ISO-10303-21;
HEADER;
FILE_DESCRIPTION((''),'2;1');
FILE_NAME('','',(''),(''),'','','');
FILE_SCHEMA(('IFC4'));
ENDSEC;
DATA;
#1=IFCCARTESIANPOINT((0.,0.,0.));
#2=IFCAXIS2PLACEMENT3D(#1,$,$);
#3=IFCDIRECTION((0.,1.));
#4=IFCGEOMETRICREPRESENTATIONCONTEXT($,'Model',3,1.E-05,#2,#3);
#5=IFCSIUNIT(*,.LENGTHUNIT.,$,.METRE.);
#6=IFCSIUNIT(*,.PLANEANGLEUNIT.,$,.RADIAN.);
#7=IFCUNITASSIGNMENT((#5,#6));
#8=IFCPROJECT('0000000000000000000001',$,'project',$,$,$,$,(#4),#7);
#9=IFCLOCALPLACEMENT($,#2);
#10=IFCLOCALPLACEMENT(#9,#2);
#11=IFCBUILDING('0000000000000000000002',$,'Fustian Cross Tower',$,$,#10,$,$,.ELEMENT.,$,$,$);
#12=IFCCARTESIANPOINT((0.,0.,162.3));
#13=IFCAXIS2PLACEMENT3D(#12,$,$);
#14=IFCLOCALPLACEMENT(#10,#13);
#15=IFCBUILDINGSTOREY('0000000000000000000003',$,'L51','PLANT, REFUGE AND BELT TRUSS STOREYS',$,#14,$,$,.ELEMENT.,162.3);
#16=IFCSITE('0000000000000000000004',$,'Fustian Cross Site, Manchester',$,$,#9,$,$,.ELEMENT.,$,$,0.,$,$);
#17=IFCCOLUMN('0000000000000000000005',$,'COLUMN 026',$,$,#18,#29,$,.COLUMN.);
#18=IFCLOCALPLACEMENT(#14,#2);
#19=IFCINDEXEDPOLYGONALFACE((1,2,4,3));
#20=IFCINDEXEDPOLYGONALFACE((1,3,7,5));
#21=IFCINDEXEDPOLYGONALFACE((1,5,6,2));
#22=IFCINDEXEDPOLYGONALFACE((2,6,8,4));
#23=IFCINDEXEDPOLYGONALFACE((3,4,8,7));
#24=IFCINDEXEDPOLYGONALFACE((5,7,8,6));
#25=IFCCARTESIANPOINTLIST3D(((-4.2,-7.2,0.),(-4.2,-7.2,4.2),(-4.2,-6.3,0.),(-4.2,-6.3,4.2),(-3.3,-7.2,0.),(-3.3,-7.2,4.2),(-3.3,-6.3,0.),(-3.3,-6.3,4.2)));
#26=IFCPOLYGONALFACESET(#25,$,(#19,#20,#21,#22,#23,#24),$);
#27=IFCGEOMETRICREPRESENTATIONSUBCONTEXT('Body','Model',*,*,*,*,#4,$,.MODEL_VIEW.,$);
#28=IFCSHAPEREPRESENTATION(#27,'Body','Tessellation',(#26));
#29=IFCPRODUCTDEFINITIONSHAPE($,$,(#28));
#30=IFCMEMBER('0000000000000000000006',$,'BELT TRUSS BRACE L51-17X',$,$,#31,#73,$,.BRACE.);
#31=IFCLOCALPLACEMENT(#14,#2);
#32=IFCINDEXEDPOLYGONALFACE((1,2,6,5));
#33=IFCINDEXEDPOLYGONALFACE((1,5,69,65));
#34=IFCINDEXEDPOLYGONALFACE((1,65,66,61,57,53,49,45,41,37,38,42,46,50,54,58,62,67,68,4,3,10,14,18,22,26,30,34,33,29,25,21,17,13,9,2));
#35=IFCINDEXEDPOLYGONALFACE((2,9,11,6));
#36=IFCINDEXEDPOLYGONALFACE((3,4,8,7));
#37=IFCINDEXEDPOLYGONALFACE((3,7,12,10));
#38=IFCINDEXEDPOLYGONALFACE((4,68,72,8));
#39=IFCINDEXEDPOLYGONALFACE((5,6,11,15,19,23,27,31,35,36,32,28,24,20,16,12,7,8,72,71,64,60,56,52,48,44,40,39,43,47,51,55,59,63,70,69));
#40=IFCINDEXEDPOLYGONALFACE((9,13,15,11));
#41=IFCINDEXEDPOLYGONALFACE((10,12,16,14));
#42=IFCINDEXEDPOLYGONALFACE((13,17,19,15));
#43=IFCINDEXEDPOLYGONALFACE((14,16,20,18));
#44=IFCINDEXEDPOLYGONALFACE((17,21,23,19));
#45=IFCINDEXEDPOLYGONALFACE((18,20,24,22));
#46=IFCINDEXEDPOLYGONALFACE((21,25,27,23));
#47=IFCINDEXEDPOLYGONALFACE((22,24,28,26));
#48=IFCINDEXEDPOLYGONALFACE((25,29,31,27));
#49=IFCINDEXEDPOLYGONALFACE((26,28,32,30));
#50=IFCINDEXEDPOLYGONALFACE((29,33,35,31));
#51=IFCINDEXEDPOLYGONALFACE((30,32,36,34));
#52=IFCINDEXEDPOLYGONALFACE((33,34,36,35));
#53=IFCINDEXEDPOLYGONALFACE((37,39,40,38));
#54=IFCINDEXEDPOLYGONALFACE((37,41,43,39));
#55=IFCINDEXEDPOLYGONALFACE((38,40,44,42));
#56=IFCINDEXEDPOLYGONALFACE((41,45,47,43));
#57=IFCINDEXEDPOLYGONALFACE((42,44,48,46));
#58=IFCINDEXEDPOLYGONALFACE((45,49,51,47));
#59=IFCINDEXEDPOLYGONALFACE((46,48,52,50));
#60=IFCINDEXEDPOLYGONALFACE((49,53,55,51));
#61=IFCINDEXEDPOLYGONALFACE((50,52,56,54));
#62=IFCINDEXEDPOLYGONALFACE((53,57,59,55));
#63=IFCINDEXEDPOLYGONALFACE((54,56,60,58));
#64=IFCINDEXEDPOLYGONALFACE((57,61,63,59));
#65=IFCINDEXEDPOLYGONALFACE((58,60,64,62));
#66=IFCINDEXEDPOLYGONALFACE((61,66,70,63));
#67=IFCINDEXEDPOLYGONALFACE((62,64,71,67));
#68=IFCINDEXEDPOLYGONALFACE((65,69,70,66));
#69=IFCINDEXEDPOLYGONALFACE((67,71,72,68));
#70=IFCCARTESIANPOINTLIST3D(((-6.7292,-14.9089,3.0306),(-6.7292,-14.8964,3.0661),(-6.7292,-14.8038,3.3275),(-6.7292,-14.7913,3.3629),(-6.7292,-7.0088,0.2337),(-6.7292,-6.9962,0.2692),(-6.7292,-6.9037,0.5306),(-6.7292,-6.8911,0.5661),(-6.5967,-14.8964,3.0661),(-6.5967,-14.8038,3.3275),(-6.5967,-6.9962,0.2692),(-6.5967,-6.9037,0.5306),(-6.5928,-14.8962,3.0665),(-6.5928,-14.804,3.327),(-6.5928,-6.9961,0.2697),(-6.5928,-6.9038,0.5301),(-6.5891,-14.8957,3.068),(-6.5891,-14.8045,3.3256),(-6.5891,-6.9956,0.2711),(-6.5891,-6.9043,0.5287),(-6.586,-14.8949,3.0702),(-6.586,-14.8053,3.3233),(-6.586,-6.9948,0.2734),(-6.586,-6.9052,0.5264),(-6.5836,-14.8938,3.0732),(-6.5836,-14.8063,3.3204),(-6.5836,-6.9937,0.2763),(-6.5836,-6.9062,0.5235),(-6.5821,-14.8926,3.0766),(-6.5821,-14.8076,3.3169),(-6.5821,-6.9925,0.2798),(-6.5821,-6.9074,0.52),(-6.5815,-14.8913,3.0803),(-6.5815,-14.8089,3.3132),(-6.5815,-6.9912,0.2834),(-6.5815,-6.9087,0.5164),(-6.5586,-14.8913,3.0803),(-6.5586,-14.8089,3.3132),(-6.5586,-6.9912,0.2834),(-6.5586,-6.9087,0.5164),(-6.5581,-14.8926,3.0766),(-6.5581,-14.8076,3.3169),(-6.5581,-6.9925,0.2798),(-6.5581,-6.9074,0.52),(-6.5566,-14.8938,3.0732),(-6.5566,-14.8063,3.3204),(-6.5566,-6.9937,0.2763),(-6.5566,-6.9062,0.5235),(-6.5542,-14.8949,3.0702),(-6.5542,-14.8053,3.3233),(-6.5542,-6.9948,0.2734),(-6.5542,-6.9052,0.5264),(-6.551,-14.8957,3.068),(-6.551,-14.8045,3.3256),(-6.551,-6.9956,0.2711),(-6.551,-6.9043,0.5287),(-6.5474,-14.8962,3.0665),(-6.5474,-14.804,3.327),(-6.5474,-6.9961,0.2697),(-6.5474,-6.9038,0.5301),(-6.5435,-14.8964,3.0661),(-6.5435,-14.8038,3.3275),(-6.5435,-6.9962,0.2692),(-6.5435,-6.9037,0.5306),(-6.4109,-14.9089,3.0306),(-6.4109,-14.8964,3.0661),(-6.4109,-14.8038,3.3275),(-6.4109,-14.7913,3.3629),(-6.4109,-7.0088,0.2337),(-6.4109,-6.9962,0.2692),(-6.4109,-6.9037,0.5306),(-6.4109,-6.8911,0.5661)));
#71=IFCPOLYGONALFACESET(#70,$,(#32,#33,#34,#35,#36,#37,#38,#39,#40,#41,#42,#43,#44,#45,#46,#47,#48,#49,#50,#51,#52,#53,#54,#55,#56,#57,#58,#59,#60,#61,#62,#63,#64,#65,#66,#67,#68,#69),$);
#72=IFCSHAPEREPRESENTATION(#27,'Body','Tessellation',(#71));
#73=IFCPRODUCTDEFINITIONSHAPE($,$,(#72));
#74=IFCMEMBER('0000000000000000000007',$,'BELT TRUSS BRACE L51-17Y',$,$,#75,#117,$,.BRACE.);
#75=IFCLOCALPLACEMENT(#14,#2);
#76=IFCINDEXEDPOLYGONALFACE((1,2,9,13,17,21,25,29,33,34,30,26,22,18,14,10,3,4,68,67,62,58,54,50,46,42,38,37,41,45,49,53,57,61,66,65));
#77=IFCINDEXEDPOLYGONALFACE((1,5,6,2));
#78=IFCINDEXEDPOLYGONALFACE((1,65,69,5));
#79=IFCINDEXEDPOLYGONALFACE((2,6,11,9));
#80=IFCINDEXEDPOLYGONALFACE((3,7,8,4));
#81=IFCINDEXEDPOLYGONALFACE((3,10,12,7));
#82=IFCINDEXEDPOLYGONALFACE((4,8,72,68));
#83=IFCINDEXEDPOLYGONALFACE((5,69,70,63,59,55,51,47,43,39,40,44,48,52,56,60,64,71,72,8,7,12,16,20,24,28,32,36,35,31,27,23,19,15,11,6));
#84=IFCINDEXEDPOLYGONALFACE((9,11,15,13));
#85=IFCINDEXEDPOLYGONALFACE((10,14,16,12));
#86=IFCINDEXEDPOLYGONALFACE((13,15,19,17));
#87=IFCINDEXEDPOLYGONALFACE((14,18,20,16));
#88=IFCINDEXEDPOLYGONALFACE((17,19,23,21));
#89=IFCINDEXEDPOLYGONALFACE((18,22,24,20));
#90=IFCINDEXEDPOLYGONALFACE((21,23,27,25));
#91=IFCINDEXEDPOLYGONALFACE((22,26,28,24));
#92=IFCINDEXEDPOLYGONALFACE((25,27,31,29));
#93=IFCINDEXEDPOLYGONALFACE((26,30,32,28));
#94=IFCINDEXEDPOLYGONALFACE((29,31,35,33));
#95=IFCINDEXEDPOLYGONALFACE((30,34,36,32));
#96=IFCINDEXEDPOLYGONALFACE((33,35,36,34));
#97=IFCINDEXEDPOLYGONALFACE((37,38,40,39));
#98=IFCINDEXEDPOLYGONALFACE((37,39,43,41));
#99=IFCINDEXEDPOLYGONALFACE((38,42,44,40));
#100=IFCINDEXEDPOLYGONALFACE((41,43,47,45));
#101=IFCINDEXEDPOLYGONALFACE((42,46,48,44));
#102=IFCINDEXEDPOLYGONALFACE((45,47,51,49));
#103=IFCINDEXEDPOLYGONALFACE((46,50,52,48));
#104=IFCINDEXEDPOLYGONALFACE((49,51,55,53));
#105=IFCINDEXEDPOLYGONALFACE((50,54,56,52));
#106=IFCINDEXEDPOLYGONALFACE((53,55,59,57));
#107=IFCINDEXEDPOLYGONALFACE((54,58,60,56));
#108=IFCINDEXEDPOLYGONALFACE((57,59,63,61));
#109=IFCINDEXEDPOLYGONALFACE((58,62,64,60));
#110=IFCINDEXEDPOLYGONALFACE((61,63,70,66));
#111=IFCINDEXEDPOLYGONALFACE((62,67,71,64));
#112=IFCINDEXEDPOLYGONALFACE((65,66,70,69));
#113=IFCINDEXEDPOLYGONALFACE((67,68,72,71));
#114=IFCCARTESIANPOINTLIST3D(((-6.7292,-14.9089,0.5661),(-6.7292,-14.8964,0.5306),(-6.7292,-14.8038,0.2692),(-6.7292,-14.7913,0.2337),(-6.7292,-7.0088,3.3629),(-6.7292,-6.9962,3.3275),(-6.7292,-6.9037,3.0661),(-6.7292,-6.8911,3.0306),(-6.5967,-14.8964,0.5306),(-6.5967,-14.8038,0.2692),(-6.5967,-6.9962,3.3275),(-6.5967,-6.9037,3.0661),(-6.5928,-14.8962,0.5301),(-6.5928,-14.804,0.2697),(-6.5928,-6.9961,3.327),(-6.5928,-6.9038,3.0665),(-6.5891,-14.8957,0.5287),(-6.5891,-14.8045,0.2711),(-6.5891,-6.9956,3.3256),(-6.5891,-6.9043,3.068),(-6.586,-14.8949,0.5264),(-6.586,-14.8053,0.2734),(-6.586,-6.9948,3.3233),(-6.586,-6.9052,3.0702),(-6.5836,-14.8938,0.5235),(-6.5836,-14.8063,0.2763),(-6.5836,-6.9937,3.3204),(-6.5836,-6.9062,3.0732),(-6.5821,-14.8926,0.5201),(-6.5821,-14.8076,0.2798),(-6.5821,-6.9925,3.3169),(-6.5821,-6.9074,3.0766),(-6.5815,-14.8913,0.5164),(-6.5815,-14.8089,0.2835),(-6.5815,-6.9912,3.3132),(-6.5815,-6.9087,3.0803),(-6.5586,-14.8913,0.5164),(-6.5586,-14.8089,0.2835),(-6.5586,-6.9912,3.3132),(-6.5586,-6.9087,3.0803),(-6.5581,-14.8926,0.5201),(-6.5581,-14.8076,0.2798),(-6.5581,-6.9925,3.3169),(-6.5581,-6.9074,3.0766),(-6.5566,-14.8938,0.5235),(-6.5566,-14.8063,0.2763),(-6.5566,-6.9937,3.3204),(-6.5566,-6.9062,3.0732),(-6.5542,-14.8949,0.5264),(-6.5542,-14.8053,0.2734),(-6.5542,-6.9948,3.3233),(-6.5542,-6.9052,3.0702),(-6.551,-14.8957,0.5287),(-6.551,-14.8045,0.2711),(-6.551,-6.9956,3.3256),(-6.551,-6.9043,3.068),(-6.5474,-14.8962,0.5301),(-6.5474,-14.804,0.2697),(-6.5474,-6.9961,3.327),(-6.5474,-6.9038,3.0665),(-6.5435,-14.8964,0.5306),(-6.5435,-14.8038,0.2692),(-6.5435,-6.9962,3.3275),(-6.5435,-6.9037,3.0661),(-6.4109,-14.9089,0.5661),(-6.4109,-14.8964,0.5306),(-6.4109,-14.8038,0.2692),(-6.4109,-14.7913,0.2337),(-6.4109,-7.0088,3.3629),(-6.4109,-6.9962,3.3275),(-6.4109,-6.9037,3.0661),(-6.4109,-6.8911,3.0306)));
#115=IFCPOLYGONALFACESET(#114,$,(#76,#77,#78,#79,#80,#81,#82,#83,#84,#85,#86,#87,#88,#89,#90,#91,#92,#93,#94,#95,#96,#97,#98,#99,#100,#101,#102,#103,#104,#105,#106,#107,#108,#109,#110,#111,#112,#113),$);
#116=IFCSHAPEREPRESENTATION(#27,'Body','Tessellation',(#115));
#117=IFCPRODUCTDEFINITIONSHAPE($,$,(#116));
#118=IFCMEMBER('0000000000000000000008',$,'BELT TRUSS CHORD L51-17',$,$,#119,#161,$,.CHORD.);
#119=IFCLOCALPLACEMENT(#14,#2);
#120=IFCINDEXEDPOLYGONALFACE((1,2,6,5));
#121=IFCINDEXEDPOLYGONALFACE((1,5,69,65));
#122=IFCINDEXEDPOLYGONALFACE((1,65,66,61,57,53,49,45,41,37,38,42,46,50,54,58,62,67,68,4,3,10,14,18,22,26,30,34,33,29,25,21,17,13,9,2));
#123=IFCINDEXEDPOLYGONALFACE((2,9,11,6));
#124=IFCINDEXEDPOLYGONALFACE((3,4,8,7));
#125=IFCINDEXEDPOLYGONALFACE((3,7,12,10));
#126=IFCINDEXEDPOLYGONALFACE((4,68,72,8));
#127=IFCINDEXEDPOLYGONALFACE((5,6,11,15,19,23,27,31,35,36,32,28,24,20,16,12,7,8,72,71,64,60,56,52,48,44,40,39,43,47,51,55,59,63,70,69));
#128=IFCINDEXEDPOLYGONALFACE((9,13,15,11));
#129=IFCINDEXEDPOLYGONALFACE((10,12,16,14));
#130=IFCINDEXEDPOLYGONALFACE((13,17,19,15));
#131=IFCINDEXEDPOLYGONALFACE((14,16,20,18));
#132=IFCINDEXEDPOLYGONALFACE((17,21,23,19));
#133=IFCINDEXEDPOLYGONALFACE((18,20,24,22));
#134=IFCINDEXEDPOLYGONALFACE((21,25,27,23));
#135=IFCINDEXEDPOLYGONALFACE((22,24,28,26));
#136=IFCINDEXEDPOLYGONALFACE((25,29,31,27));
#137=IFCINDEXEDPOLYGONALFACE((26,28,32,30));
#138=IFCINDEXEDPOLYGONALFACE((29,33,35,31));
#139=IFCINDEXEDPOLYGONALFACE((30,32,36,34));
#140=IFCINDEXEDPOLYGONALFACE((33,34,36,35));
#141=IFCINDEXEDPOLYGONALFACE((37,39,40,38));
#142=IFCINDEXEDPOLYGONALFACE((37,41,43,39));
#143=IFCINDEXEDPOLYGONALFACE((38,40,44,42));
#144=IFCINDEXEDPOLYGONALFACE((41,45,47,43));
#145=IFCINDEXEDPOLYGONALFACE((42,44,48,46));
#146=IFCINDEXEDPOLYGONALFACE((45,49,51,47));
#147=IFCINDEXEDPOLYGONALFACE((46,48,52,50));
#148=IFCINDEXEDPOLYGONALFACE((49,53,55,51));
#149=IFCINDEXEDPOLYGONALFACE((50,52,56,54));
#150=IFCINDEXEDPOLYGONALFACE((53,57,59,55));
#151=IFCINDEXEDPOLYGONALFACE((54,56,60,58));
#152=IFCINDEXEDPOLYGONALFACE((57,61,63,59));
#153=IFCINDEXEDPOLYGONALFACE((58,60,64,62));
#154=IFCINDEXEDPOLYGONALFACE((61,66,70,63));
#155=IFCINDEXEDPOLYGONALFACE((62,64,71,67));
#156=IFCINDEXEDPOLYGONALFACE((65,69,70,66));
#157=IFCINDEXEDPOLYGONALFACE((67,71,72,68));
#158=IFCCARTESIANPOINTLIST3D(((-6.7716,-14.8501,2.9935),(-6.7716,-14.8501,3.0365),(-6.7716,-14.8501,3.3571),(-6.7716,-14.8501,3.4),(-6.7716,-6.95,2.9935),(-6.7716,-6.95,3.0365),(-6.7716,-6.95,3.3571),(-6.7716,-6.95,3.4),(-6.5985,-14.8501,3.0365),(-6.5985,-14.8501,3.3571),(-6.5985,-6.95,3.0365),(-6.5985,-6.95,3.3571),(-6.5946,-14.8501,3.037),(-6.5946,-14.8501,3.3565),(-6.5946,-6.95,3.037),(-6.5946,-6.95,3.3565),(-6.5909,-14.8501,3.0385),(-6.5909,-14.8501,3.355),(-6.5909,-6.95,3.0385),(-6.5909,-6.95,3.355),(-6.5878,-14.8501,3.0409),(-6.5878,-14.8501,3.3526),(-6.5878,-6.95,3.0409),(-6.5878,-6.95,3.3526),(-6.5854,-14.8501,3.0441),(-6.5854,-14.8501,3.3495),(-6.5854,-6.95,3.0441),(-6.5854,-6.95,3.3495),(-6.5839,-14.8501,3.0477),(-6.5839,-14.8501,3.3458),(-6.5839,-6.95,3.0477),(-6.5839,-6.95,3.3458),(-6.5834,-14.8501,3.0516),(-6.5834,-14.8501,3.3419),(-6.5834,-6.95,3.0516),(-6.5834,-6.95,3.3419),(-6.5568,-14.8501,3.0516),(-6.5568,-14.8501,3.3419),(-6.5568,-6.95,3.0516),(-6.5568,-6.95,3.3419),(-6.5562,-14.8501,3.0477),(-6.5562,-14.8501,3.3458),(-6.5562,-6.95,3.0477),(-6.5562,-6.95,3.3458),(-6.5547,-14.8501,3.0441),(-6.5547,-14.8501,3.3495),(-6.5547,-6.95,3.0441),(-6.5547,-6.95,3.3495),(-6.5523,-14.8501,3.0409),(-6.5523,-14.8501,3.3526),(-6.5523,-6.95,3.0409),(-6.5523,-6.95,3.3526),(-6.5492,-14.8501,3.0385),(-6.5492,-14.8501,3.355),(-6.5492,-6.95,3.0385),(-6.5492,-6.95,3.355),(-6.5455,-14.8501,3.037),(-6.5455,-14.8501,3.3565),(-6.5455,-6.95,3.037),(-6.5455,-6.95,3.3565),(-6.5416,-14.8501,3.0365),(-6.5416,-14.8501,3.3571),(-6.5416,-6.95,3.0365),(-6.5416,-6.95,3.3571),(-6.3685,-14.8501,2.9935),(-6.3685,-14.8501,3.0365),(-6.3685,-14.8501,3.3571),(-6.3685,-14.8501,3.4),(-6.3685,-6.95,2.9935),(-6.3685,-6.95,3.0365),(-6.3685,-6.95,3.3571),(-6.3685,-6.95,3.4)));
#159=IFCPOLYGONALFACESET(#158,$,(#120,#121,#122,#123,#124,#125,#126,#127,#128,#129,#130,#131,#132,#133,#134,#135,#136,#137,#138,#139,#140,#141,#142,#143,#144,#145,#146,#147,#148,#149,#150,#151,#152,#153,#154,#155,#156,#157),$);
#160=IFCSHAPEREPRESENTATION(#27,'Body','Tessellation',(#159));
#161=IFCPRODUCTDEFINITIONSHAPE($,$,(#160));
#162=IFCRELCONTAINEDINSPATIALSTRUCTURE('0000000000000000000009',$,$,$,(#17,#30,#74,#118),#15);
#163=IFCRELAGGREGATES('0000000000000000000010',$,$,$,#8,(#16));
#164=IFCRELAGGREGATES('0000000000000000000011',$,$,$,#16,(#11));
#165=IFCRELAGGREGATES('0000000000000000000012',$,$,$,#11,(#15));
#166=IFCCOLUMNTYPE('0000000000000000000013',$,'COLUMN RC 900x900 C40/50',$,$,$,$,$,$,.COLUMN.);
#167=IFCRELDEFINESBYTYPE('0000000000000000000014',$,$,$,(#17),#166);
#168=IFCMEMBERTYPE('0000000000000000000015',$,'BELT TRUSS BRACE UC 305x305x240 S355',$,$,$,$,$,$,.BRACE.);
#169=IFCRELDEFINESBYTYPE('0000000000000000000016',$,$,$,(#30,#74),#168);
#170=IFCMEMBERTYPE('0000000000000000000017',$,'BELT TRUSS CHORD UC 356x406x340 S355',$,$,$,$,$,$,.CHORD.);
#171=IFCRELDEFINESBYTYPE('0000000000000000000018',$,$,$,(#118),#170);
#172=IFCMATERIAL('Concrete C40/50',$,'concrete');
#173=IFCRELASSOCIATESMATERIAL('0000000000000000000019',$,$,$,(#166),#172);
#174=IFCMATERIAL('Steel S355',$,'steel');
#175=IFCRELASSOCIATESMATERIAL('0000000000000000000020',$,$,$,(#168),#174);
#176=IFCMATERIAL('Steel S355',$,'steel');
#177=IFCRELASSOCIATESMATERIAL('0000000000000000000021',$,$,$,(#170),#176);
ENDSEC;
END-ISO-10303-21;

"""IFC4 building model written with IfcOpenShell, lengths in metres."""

from ifc_helpers import new_model, si_unit, direction, frame, origin, origin_2d, place, context, subcontext, project, spatial, rectangle, i_section, extrude, material, material_profile, profile_set, type_object, element, save


model = new_model("IFC4")

# Units and contexts
model_context = context("Model", 3, precision=1e-05, world=origin(), true_north=direction((0.0, 1.0)))
body_context = subcontext(model_context, "Body", "Model", "MODEL_VIEW")
ifc_project = project(units=[si_unit("LENGTHUNIT", "METRE"), si_unit("PLANEANGLEUNIT", "RADIAN")], contexts=[model_context])

# Site, building, storey
site_placement = place(None, origin())
site = spatial("IfcSite", under=ifc_project, at=site_placement, Name="Fustian Cross Site, Manchester", CompositionType="ELEMENT", RefElevation=0.0)
building_placement = place(site_placement, origin())
building = spatial("IfcBuilding", under=site, at=building_placement, Name="Fustian Cross Tower", CompositionType="ELEMENT")
storey_placement = place(building_placement, frame((0.0, 0.0, 162.3)))
storey = spatial("IfcBuildingStorey", under=building, at=storey_placement, Name="L51", Description="PLANT, REFUGE AND BELT TRUSS STOREYS", CompositionType="ELEMENT", Elevation=162.3)

# Column
ifc_material_1 = material(Name="Concrete C40/50", Category="concrete")
ifc_material_profile_1 = material_profile(ifc_material_1, rectangle(XDim=0.8999, YDim=0.8999, at=origin_2d()), Name="RC 900x900")
ifc_profile_set_1 = profile_set([ifc_material_profile_1], Name="Concrete C40/50")
column_type = type_object("IfcColumnType", Name="COLUMN RC 900x900 C40/50", PredefinedType="COLUMN", material=ifc_profile_set_1)
column_placement = place(storey_placement, frame((-3.75, -6.75, 0.0), z_axis=(0.0, 0.0, 1.0), x_axis=(1.0, 0.0, 0.0)))
element("IfcColumn", 1, at=column_placement, inside=storey, type_object=column_type, Name="COLUMN 026", PredefinedType="COLUMN", context=body_context, shape_type="SweptSolid", body=[
    extrude(rectangle(XDim=0.8999, YDim=0.8999, at=origin_2d()), origin(), (0.0, 0.0, 1.0), 4.2),
])

# Members
ifc_material_2 = material(Name="Steel S355", Category="steel")
ifc_material_profile_2 = material_profile(ifc_material_2, i_section(OverallWidth=0.3184, OverallDepth=0.3525, WebThickness=0.0229, FlangeThickness=0.0376, FilletRadius=0.0151, at=origin_2d()), Name="UC 305x305x240")
ifc_profile_set_2 = profile_set([ifc_material_profile_2], Name="Steel S355")
member_type_1 = type_object("IfcMemberType", Name="BELT TRUSS BRACE UC 305x305x240 S355", PredefinedType="BRACE", material=ifc_profile_set_2)
for number, where, z_axis, x_axis, name in (
    (2, (-6.5701, -6.95, 0.3999), (0.0, -0.942668, 0.333731), (1.0, 0.0, 0.0), "BELT TRUSS BRACE L51-17X"),
    (3, (-6.5701, -6.95, 3.1968), (0.0, -0.942668, -0.333731), (1.0, 0.0, 0.0), "BELT TRUSS BRACE L51-17Y"),
):
    element("IfcMember", number, at=place(storey_placement, frame(where, z_axis=z_axis, x_axis=x_axis)), inside=storey, type_object=member_type_1, Name=name, PredefinedType="BRACE", context=body_context, shape_type="SweptSolid", body=[
        extrude(i_section(OverallWidth=0.3184, OverallDepth=0.3525, WebThickness=0.0229, FlangeThickness=0.0376, FilletRadius=0.0151, at=origin_2d()), origin(), (0.0, 0.0, 1.0), 8.3806),
    ])
ifc_material_3 = material(Name="Steel S355", Category="steel")
ifc_material_profile_3 = material_profile(ifc_material_3, i_section(OverallWidth=0.4031, OverallDepth=0.4065, WebThickness=0.0266, FlangeThickness=0.043, FilletRadius=0.0151, at=origin_2d()), Name="UC 356x406x340")
ifc_profile_set_3 = profile_set([ifc_material_profile_3], Name="Steel S355")
member_type_2 = type_object("IfcMemberType", Name="BELT TRUSS CHORD UC 356x406x340 S355", PredefinedType="CHORD", material=ifc_profile_set_3)
for number, where, z_axis, x_axis, name in (
    (4, (-6.5701, -6.95, 3.1968), (0.0, -1.0, 0.0), (1.0, 0.0, 0.0), "BELT TRUSS CHORD L51-17"),
):
    element("IfcMember", number, at=place(storey_placement, frame(where, z_axis=z_axis, x_axis=x_axis)), inside=storey, type_object=member_type_2, Name=name, PredefinedType="CHORD", context=body_context, shape_type="SweptSolid", body=[
        extrude(i_section(OverallWidth=0.4031, OverallDepth=0.4065, WebThickness=0.0266, FlangeThickness=0.043, FilletRadius=0.0151, at=origin_2d()), origin(), (0.0, 0.0, 1.0), 7.9001),
    ])

save(model, "model.ifc")
